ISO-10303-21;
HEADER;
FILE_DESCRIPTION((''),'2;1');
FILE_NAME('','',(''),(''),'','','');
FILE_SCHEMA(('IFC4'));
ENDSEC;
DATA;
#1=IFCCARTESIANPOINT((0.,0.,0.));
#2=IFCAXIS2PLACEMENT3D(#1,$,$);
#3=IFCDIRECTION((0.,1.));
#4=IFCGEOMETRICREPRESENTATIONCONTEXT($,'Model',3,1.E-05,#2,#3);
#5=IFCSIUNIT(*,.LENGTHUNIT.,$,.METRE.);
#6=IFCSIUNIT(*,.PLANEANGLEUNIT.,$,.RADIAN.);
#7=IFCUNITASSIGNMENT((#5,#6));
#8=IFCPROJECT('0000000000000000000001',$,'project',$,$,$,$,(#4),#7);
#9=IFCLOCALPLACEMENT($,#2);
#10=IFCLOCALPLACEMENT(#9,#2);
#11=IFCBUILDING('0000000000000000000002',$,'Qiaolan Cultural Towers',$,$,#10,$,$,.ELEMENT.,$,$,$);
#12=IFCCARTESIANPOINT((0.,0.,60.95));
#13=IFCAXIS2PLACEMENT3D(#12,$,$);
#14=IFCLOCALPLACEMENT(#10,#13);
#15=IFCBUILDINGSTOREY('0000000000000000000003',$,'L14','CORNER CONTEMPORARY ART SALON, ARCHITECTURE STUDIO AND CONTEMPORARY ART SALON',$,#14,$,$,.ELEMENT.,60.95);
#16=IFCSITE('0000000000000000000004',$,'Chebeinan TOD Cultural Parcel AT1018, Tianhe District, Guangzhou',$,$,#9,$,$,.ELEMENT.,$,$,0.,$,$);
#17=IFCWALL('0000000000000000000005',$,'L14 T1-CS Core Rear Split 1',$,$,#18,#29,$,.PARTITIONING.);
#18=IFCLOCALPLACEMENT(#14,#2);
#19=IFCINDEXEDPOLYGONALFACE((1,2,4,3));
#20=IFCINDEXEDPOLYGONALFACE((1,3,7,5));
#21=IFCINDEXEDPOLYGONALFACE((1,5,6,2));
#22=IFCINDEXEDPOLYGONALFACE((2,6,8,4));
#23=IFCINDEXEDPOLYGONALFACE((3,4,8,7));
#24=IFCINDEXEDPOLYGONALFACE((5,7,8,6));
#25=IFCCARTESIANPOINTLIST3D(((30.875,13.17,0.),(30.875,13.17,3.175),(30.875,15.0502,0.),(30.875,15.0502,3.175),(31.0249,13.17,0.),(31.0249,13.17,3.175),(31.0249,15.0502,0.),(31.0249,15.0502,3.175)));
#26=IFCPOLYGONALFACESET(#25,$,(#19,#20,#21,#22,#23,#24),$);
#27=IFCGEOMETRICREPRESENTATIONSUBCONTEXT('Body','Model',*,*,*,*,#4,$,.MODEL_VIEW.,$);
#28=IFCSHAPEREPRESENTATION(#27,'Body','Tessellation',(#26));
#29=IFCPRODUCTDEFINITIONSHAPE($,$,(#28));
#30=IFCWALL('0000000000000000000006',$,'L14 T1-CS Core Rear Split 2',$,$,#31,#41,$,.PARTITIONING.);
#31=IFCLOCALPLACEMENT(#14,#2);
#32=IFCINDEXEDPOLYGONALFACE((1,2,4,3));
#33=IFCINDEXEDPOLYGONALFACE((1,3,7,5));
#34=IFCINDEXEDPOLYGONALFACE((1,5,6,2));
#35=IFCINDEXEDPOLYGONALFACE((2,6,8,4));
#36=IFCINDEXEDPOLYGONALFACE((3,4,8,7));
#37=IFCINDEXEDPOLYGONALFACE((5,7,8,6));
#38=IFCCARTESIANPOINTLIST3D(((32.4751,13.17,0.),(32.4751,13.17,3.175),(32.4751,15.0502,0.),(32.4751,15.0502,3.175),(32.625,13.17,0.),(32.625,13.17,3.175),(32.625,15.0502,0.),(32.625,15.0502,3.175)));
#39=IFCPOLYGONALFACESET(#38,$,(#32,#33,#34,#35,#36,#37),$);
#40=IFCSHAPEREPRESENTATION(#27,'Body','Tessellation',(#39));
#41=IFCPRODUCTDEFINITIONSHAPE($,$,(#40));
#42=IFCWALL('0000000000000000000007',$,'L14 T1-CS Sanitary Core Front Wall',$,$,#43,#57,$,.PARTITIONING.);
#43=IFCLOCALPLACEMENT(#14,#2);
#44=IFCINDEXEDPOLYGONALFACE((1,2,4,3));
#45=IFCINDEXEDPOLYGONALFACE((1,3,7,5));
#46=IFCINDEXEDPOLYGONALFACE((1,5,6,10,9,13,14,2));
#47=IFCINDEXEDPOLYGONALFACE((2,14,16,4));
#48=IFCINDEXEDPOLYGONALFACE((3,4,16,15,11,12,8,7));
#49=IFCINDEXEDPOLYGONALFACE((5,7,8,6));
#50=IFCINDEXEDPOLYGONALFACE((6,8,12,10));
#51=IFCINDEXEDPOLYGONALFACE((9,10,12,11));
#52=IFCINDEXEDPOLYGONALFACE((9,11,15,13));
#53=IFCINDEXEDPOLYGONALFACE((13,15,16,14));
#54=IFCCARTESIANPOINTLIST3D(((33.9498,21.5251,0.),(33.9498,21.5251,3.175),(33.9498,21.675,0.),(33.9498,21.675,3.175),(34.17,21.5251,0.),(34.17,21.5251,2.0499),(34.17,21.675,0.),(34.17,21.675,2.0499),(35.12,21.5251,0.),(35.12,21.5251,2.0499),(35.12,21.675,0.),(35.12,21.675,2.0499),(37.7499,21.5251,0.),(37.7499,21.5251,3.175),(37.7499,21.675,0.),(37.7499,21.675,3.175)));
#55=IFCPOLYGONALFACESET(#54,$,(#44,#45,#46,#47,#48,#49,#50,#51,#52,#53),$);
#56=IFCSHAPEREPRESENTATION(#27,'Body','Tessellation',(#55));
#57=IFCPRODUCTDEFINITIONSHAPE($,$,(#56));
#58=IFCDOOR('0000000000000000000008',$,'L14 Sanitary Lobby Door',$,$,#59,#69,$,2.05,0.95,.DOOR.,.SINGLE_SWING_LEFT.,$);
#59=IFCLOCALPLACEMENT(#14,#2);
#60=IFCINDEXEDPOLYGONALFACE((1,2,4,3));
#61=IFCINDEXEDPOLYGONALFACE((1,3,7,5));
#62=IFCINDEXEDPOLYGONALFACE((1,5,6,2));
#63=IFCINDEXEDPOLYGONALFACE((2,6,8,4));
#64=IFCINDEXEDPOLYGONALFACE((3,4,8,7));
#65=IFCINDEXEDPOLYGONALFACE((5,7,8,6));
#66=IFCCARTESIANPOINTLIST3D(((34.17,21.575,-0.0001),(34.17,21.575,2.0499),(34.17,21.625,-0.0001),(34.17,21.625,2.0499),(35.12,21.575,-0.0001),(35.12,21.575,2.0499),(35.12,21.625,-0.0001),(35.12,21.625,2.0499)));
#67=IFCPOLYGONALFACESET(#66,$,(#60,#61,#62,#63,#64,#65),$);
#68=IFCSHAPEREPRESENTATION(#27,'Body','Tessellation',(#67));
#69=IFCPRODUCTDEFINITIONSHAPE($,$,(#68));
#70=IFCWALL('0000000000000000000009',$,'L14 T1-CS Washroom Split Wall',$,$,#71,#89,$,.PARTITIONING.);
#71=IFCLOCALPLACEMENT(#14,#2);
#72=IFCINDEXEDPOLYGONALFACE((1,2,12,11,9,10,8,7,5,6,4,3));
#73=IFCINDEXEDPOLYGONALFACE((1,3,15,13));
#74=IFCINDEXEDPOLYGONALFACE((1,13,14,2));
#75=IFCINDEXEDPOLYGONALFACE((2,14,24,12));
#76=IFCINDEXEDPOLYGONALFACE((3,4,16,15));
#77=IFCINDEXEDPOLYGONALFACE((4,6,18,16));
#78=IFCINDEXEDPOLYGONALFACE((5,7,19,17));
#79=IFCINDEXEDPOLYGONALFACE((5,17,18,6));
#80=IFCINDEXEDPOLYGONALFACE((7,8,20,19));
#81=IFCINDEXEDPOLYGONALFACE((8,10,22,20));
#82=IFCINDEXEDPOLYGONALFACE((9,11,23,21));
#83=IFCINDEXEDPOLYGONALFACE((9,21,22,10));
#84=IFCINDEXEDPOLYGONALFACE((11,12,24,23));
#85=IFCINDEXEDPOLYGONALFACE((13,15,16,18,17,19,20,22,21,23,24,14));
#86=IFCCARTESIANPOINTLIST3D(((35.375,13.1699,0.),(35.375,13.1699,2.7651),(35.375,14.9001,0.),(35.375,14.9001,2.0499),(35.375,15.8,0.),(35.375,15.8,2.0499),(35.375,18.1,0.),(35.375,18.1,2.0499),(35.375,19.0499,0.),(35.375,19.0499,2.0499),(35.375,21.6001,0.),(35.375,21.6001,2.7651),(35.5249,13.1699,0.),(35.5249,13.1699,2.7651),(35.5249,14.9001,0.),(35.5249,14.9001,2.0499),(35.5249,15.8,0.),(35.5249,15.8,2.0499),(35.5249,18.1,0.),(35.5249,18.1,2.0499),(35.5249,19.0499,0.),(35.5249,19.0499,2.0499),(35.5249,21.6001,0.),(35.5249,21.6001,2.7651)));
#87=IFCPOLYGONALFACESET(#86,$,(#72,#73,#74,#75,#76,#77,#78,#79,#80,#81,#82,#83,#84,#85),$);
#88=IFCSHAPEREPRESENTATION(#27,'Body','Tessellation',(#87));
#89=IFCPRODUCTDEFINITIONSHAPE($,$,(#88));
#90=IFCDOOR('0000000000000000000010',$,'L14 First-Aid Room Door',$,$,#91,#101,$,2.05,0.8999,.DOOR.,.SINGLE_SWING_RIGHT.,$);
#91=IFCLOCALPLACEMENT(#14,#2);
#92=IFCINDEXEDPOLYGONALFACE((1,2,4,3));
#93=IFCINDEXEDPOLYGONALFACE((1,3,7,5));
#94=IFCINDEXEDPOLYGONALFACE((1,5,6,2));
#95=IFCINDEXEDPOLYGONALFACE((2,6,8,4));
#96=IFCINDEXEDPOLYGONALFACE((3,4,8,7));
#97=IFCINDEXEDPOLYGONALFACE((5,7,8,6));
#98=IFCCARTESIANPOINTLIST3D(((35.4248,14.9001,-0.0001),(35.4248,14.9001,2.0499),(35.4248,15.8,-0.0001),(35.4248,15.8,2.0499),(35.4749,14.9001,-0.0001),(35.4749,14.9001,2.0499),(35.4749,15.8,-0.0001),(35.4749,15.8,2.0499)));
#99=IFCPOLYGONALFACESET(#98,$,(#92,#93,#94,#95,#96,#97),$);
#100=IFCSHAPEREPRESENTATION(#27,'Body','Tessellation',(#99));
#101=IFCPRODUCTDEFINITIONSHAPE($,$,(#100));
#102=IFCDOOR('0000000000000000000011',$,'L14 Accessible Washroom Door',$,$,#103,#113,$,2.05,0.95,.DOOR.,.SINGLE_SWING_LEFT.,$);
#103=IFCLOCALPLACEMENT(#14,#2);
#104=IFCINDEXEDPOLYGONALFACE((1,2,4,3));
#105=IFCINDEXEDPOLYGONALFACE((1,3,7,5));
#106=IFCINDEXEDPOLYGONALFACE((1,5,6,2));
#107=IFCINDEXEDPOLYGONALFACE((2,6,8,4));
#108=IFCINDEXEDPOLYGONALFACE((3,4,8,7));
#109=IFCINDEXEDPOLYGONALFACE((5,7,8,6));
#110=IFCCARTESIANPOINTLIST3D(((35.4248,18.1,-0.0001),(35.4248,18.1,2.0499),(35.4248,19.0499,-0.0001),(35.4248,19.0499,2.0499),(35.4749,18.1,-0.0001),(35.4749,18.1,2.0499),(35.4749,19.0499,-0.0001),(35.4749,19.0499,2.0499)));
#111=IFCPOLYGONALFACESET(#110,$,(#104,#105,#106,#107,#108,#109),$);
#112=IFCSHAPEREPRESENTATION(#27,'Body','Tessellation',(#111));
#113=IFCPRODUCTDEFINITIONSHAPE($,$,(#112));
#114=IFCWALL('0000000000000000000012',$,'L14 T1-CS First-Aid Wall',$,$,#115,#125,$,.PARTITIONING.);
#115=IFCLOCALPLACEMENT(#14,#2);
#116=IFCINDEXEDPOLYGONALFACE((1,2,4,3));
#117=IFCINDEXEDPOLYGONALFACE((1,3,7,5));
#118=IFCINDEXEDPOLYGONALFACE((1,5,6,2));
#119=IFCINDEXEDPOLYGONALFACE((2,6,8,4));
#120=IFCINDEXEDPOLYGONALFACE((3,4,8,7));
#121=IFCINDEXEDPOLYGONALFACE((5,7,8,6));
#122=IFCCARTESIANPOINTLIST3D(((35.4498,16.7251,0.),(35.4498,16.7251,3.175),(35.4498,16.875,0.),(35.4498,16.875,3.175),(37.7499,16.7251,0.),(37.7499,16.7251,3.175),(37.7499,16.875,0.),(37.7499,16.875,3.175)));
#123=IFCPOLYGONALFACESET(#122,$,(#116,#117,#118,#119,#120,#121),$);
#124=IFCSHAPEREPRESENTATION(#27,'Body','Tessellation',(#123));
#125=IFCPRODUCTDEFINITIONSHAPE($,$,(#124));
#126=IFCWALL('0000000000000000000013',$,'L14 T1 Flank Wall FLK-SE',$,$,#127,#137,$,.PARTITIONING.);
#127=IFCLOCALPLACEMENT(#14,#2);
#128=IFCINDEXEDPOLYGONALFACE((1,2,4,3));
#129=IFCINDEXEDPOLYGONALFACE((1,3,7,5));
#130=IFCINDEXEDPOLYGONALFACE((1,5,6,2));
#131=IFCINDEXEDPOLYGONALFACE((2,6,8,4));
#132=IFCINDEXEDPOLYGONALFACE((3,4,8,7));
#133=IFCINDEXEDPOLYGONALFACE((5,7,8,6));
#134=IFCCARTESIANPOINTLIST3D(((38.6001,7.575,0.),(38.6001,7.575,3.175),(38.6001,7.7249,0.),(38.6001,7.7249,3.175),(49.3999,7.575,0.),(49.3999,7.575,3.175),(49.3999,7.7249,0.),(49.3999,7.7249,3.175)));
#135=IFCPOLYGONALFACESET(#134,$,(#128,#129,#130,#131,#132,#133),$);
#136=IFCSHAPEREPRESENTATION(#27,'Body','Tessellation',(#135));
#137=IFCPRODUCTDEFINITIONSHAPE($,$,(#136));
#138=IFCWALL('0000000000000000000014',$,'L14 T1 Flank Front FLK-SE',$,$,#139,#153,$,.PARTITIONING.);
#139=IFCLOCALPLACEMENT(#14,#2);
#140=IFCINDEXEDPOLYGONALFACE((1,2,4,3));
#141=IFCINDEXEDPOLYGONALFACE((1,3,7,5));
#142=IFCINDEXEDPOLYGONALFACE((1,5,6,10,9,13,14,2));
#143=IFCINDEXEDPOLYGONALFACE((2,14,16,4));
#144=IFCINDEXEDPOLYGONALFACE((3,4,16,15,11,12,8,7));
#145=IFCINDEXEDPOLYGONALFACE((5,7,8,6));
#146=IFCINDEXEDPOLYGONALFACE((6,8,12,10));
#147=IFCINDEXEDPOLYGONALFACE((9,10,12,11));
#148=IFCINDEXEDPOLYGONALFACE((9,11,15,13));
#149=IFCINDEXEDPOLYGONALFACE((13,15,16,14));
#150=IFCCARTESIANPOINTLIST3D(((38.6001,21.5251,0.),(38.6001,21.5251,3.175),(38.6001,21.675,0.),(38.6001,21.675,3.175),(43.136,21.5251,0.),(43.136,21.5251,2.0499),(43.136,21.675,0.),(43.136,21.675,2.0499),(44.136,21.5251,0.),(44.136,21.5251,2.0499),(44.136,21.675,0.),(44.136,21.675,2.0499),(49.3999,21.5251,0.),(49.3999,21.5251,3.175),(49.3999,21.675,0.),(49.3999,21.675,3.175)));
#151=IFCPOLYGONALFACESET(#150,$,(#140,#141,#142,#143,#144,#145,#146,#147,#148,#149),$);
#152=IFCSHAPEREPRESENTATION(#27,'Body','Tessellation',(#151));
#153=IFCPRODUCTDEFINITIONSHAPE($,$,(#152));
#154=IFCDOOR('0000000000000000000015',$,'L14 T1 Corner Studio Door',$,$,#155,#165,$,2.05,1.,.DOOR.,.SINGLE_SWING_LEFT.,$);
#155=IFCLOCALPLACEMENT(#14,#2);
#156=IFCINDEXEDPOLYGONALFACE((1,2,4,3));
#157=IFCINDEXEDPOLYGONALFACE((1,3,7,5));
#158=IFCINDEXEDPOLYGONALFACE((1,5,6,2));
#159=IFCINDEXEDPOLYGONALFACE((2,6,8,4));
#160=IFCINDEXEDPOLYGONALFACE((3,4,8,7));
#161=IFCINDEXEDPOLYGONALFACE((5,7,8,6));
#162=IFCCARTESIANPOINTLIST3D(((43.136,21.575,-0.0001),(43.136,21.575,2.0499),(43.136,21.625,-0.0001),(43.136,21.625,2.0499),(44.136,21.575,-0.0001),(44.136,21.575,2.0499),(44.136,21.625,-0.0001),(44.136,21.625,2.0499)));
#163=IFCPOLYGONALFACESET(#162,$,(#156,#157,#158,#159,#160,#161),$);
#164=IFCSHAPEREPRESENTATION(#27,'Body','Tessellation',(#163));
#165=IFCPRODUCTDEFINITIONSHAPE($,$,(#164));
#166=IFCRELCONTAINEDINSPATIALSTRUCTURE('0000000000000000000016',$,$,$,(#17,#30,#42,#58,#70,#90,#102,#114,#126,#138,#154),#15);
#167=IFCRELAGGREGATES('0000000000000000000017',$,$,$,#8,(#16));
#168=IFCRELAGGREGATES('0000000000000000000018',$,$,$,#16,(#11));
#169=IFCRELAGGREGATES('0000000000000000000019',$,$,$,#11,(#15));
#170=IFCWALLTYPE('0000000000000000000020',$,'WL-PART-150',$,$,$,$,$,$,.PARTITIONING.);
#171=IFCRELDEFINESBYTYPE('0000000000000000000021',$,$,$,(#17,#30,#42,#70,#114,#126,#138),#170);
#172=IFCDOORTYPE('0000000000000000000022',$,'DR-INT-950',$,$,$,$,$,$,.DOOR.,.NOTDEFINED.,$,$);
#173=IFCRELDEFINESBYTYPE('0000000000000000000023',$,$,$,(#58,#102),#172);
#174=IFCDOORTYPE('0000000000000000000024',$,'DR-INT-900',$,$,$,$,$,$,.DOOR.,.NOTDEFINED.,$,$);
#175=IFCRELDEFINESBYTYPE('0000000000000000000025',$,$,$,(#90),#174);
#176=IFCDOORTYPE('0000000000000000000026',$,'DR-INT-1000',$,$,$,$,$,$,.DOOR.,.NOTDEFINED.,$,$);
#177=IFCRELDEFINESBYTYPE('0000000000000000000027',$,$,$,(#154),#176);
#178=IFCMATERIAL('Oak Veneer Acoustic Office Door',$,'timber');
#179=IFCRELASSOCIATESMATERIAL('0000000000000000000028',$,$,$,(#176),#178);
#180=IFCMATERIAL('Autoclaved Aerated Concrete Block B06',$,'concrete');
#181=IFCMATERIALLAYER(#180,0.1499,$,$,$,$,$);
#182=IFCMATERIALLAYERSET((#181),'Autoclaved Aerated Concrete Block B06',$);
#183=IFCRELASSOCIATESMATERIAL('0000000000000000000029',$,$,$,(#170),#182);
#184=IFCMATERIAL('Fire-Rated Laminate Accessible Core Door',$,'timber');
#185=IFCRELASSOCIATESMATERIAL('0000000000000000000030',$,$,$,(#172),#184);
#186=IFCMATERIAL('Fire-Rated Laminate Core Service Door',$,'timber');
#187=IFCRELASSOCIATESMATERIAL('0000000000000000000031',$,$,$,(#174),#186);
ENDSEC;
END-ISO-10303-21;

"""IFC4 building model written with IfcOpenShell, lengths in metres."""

from ifc_helpers import new_model, si_unit, direction, frame, frame_2d, origin, place, context, subcontext, project, spatial, rectangle, extrude, material, layer, layer_set, type_object, element, fill, save


model = new_model("IFC4")

# Units and contexts
model_context = context("Model", 3, precision=1e-05, world=origin(), true_north=direction((0.0, 1.0)))
body_context = subcontext(model_context, "Body", "Model", "MODEL_VIEW")
ifc_project = project(units=[si_unit("LENGTHUNIT", "METRE"), si_unit("PLANEANGLEUNIT", "RADIAN")], contexts=[model_context])

# Site, building, storey
site_placement = place(None, origin())
site = spatial("IfcSite", under=ifc_project, at=site_placement, Name="Chebeinan TOD Cultural Parcel AT1018, Tianhe District, Guangzhou", CompositionType="ELEMENT", RefElevation=0.0)
building_placement = place(site_placement, origin())
building = spatial("IfcBuilding", under=site, at=building_placement, Name="Qiaolan Cultural Towers", CompositionType="ELEMENT")
storey_placement = place(building_placement, frame((0.0, 0.0, 60.95)))
storey = spatial("IfcBuildingStorey", under=building, at=storey_placement, Name="L14", Description="CORNER CONTEMPORARY ART SALON, ARCHITECTURE STUDIO AND CONTEMPORARY ART SALON", CompositionType="ELEMENT", Elevation=60.95)

# Shared definitions
ifc_material_1 = material(Name="Oak Veneer Acoustic Office Door", Category="timber")
door_type_1 = type_object("IfcDoorType", Name="DR-INT-1000", OperationType="NOTDEFINED", PredefinedType="DOOR", material=ifc_material_1)

# Walls
ifc_material_2 = material(Name="Autoclaved Aerated Concrete Block B06", Category="concrete")
ifc_layer_1 = layer(ifc_material_2, 0.1499)
ifc_layer_set_1 = layer_set([ifc_layer_1], Name="Autoclaved Aerated Concrete Block B06")
wall_type_1 = type_object("IfcWallType", Name="WL-PART-150", PredefinedType="PARTITIONING", material=ifc_layer_set_1)
for number, where, z_axis, x_axis, name in (
    (1, (30.95, 15.05, 0.0), (0.0, 0.0, 1.0), (0.0, -1.0, 0.0), "L14 T1-CS Core Rear Split 1"),
    (2, (32.55, 15.05, 0.0), (0.0, 0.0, 1.0), (0.0, -1.0, 0.0), "L14 T1-CS Core Rear Split 2"),
):
    element("IfcWall", number, at=place(storey_placement, frame(where, z_axis=z_axis, x_axis=x_axis)), inside=storey, type_object=wall_type_1, Name=name, PredefinedType="PARTITIONING", context=body_context, shape_type="SweptSolid", body=[
        extrude(rectangle(XDim=1.8801, YDim=0.1499, at=frame_2d((0.9399, 0.0))), origin(), (0.0, 0.0, 1.0), 3.175),
    ])

# Wall, opening, door
wall_1_placement = place(storey_placement, frame((33.95, 21.6001, 0.0), z_axis=(0.0, 0.0, 1.0), x_axis=(1.0, 0.0, 0.0)))
wall_1 = element("IfcWall", 3, at=wall_1_placement, inside=storey, type_object=wall_type_1, Name="L14 T1-CS Sanitary Core Front Wall", PredefinedType="PARTITIONING", context=body_context, shape_type="SweptSolid", body=[
    extrude(rectangle(XDim=3.8, YDim=0.1499, at=frame_2d((1.8999, 0.0))), origin(), (0.0, 0.0, 1.0), 3.175),
])
opening_1_placement = place(wall_1_placement, frame((0.22, 0.0, 0.0)))
opening_1 = element("IfcOpeningElement", 4, at=opening_1_placement, cuts=wall_1, PredefinedType="OPENING", context=body_context, shape_type="SweptSolid", body=[
    extrude(rectangle(XDim=0.95, YDim=2.05, at=frame_2d((0.4751, 1.0249))), frame((0.0, 0.085, 0.0), z_axis=(0.0, -1.0, 0.0), x_axis=(1.0, 0.0, 0.0)), (0.0, 0.0, 1.0), 0.1699),
])
ifc_material_3 = material(Name="Fire-Rated Laminate Accessible Core Door", Category="timber")
door_type_2 = type_object("IfcDoorType", Name="DR-INT-950", OperationType="NOTDEFINED", PredefinedType="DOOR", material=ifc_material_3)
door_1_placement = place(opening_1_placement, origin())
door_1 = element("IfcDoor", 5, at=door_1_placement, inside=storey, type_object=door_type_2, Name="L14 Sanitary Lobby Door", OperationType="SINGLE_SWING_LEFT", OverallHeight=2.05, OverallWidth=0.95, PredefinedType="DOOR", context=body_context, shape_type="SweptSolid", body=[
    extrude(rectangle(XDim=0.95, YDim=2.05, at=frame_2d((0.4751, 1.0249))), frame((0.0, 0.0249, 0.0), z_axis=(0.0, -1.0, 0.0), x_axis=(1.0, 0.0, 0.0)), (0.0, 0.0, 1.0), 0.05),
])
fill(opening_1, door_1)

# Wall, openings, doors
wall_2_placement = place(storey_placement, frame((35.45, 21.6001, 0.0), z_axis=(0.0, 0.0, 1.0), x_axis=(0.0, -1.0, 0.0)))
wall_2 = element("IfcWall", 6, at=wall_2_placement, inside=storey, type_object=wall_type_1, Name="L14 T1-CS Washroom Split Wall", PredefinedType="PARTITIONING", context=body_context, shape_type="SweptSolid", body=[
    extrude(rectangle(XDim=8.4302, YDim=0.1499, at=frame_2d((4.2151, 0.0))), origin(), (0.0, 0.0, 1.0), 2.7651),
])
opening_2_placement = place(wall_2_placement, frame((2.55, 0.0, 0.0)))
opening_2 = element("IfcOpeningElement", 7, at=opening_2_placement, cuts=wall_2, PredefinedType="OPENING", context=body_context, shape_type="SweptSolid", body=[
    extrude(rectangle(XDim=0.95, YDim=2.05, at=frame_2d((0.4751, 1.0249))), frame((0.0, 0.085, 0.0), z_axis=(0.0, -1.0, 0.0), x_axis=(1.0, 0.0, 0.0)), (0.0, 0.0, 1.0), 0.1699),
])
opening_3_placement = place(wall_2_placement, frame((5.8, 0.0, 0.0)))
opening_3 = element("IfcOpeningElement", 8, at=opening_3_placement, cuts=wall_2, PredefinedType="OPENING", context=body_context, shape_type="SweptSolid", body=[
    extrude(rectangle(XDim=0.8999, YDim=2.05, at=frame_2d((0.45, 1.0249))), frame((0.0, 0.085, 0.0), z_axis=(0.0, -1.0, 0.0), x_axis=(1.0, 0.0, 0.0)), (0.0, 0.0, 1.0), 0.1699),
])
ifc_material_4 = material(Name="Fire-Rated Laminate Core Service Door", Category="timber")
door_type_3 = type_object("IfcDoorType", Name="DR-INT-900", OperationType="NOTDEFINED", PredefinedType="DOOR", material=ifc_material_4)
door_2_placement = place(opening_3_placement, origin())
door_2 = element("IfcDoor", 9, at=door_2_placement, inside=storey, type_object=door_type_3, Name="L14 First-Aid Room Door", OperationType="SINGLE_SWING_RIGHT", OverallHeight=2.05, OverallWidth=0.8999, PredefinedType="DOOR", context=body_context, shape_type="SweptSolid", body=[
    extrude(rectangle(XDim=0.8999, YDim=2.05, at=frame_2d((0.45, 1.0249))), frame((0.0, 0.0249, 0.0), z_axis=(0.0, -1.0, 0.0), x_axis=(1.0, 0.0, 0.0)), (0.0, 0.0, 1.0), 0.05),
])
fill(opening_3, door_2)
door_3_placement = place(opening_2_placement, origin())
door_3 = element("IfcDoor", 10, at=door_3_placement, inside=storey, type_object=door_type_2, Name="L14 Accessible Washroom Door", OperationType="SINGLE_SWING_LEFT", OverallHeight=2.05, OverallWidth=0.95, PredefinedType="DOOR", context=body_context, shape_type="SweptSolid", body=[
    extrude(rectangle(XDim=0.95, YDim=2.05, at=frame_2d((0.4751, 1.0249))), frame((0.0, 0.0249, 0.0), z_axis=(0.0, -1.0, 0.0), x_axis=(1.0, 0.0, 0.0)), (0.0, 0.0, 1.0), 0.05),
])
fill(opening_2, door_3)

# Walls
wall_3_placement = place(storey_placement, frame((35.45, 16.8, 0.0), z_axis=(0.0, 0.0, 1.0), x_axis=(1.0, 0.0, 0.0)))
element("IfcWall", 11, at=wall_3_placement, inside=storey, type_object=wall_type_1, Name="L14 T1-CS First-Aid Wall", PredefinedType="PARTITIONING", context=body_context, shape_type="SweptSolid", body=[
    extrude(rectangle(XDim=2.3, YDim=0.1499, at=frame_2d((1.1499, 0.0))), origin(), (0.0, 0.0, 1.0), 3.175),
])
wall_4_placement = place(storey_placement, frame((38.6001, 7.6499, 0.0), z_axis=(0.0, 0.0, 1.0), x_axis=(1.0, 0.0, 0.0)))
element("IfcWall", 12, at=wall_4_placement, inside=storey, type_object=wall_type_1, Name="L14 T1 Flank Wall FLK-SE", PredefinedType="PARTITIONING", context=body_context, shape_type="SweptSolid", body=[
    extrude(rectangle(XDim=10.7998, YDim=0.1499, at=frame_2d((5.3999, 0.0))), origin(), (0.0, 0.0, 1.0), 3.175),
])

# Wall, opening, door
wall_5_placement = place(storey_placement, frame((38.6001, 21.6001, 0.0), z_axis=(0.0, 0.0, 1.0), x_axis=(1.0, 0.0, 0.0)))
wall_5 = element("IfcWall", 13, at=wall_5_placement, inside=storey, type_object=wall_type_1, Name="L14 T1 Flank Front FLK-SE", PredefinedType="PARTITIONING", context=body_context, shape_type="SweptSolid", body=[
    extrude(rectangle(XDim=10.7998, YDim=0.1499, at=frame_2d((5.3999, 0.0))), origin(), (0.0, 0.0, 1.0), 3.175),
])
opening_4_placement = place(wall_5_placement, frame((4.5359, 0.0, 0.0)))
opening_4 = element("IfcOpeningElement", 14, at=opening_4_placement, cuts=wall_5, PredefinedType="OPENING", context=body_context, shape_type="SweptSolid", body=[
    extrude(rectangle(XDim=1.0, YDim=2.05, at=frame_2d((0.5, 1.0249))), frame((0.0, 0.085, 0.0), z_axis=(0.0, -1.0, 0.0), x_axis=(1.0, 0.0, 0.0)), (0.0, 0.0, 1.0), 0.1699),
])
door_4_placement = place(opening_4_placement, origin())
door_4 = element("IfcDoor", 15, at=door_4_placement, inside=storey, type_object=door_type_1, Name="L14 T1 Corner Studio Door", OperationType="SINGLE_SWING_LEFT", OverallHeight=2.05, OverallWidth=1.0, PredefinedType="DOOR", context=body_context, shape_type="SweptSolid", body=[
    extrude(rectangle(XDim=1.0, YDim=2.05, at=frame_2d((0.5, 1.0249))), frame((0.0, 0.0249, 0.0), z_axis=(0.0, -1.0, 0.0), x_axis=(1.0, 0.0, 0.0)), (0.0, 0.0, 1.0), 0.05),
])
fill(opening_4, door_4)

save(model, "model.ifc")
